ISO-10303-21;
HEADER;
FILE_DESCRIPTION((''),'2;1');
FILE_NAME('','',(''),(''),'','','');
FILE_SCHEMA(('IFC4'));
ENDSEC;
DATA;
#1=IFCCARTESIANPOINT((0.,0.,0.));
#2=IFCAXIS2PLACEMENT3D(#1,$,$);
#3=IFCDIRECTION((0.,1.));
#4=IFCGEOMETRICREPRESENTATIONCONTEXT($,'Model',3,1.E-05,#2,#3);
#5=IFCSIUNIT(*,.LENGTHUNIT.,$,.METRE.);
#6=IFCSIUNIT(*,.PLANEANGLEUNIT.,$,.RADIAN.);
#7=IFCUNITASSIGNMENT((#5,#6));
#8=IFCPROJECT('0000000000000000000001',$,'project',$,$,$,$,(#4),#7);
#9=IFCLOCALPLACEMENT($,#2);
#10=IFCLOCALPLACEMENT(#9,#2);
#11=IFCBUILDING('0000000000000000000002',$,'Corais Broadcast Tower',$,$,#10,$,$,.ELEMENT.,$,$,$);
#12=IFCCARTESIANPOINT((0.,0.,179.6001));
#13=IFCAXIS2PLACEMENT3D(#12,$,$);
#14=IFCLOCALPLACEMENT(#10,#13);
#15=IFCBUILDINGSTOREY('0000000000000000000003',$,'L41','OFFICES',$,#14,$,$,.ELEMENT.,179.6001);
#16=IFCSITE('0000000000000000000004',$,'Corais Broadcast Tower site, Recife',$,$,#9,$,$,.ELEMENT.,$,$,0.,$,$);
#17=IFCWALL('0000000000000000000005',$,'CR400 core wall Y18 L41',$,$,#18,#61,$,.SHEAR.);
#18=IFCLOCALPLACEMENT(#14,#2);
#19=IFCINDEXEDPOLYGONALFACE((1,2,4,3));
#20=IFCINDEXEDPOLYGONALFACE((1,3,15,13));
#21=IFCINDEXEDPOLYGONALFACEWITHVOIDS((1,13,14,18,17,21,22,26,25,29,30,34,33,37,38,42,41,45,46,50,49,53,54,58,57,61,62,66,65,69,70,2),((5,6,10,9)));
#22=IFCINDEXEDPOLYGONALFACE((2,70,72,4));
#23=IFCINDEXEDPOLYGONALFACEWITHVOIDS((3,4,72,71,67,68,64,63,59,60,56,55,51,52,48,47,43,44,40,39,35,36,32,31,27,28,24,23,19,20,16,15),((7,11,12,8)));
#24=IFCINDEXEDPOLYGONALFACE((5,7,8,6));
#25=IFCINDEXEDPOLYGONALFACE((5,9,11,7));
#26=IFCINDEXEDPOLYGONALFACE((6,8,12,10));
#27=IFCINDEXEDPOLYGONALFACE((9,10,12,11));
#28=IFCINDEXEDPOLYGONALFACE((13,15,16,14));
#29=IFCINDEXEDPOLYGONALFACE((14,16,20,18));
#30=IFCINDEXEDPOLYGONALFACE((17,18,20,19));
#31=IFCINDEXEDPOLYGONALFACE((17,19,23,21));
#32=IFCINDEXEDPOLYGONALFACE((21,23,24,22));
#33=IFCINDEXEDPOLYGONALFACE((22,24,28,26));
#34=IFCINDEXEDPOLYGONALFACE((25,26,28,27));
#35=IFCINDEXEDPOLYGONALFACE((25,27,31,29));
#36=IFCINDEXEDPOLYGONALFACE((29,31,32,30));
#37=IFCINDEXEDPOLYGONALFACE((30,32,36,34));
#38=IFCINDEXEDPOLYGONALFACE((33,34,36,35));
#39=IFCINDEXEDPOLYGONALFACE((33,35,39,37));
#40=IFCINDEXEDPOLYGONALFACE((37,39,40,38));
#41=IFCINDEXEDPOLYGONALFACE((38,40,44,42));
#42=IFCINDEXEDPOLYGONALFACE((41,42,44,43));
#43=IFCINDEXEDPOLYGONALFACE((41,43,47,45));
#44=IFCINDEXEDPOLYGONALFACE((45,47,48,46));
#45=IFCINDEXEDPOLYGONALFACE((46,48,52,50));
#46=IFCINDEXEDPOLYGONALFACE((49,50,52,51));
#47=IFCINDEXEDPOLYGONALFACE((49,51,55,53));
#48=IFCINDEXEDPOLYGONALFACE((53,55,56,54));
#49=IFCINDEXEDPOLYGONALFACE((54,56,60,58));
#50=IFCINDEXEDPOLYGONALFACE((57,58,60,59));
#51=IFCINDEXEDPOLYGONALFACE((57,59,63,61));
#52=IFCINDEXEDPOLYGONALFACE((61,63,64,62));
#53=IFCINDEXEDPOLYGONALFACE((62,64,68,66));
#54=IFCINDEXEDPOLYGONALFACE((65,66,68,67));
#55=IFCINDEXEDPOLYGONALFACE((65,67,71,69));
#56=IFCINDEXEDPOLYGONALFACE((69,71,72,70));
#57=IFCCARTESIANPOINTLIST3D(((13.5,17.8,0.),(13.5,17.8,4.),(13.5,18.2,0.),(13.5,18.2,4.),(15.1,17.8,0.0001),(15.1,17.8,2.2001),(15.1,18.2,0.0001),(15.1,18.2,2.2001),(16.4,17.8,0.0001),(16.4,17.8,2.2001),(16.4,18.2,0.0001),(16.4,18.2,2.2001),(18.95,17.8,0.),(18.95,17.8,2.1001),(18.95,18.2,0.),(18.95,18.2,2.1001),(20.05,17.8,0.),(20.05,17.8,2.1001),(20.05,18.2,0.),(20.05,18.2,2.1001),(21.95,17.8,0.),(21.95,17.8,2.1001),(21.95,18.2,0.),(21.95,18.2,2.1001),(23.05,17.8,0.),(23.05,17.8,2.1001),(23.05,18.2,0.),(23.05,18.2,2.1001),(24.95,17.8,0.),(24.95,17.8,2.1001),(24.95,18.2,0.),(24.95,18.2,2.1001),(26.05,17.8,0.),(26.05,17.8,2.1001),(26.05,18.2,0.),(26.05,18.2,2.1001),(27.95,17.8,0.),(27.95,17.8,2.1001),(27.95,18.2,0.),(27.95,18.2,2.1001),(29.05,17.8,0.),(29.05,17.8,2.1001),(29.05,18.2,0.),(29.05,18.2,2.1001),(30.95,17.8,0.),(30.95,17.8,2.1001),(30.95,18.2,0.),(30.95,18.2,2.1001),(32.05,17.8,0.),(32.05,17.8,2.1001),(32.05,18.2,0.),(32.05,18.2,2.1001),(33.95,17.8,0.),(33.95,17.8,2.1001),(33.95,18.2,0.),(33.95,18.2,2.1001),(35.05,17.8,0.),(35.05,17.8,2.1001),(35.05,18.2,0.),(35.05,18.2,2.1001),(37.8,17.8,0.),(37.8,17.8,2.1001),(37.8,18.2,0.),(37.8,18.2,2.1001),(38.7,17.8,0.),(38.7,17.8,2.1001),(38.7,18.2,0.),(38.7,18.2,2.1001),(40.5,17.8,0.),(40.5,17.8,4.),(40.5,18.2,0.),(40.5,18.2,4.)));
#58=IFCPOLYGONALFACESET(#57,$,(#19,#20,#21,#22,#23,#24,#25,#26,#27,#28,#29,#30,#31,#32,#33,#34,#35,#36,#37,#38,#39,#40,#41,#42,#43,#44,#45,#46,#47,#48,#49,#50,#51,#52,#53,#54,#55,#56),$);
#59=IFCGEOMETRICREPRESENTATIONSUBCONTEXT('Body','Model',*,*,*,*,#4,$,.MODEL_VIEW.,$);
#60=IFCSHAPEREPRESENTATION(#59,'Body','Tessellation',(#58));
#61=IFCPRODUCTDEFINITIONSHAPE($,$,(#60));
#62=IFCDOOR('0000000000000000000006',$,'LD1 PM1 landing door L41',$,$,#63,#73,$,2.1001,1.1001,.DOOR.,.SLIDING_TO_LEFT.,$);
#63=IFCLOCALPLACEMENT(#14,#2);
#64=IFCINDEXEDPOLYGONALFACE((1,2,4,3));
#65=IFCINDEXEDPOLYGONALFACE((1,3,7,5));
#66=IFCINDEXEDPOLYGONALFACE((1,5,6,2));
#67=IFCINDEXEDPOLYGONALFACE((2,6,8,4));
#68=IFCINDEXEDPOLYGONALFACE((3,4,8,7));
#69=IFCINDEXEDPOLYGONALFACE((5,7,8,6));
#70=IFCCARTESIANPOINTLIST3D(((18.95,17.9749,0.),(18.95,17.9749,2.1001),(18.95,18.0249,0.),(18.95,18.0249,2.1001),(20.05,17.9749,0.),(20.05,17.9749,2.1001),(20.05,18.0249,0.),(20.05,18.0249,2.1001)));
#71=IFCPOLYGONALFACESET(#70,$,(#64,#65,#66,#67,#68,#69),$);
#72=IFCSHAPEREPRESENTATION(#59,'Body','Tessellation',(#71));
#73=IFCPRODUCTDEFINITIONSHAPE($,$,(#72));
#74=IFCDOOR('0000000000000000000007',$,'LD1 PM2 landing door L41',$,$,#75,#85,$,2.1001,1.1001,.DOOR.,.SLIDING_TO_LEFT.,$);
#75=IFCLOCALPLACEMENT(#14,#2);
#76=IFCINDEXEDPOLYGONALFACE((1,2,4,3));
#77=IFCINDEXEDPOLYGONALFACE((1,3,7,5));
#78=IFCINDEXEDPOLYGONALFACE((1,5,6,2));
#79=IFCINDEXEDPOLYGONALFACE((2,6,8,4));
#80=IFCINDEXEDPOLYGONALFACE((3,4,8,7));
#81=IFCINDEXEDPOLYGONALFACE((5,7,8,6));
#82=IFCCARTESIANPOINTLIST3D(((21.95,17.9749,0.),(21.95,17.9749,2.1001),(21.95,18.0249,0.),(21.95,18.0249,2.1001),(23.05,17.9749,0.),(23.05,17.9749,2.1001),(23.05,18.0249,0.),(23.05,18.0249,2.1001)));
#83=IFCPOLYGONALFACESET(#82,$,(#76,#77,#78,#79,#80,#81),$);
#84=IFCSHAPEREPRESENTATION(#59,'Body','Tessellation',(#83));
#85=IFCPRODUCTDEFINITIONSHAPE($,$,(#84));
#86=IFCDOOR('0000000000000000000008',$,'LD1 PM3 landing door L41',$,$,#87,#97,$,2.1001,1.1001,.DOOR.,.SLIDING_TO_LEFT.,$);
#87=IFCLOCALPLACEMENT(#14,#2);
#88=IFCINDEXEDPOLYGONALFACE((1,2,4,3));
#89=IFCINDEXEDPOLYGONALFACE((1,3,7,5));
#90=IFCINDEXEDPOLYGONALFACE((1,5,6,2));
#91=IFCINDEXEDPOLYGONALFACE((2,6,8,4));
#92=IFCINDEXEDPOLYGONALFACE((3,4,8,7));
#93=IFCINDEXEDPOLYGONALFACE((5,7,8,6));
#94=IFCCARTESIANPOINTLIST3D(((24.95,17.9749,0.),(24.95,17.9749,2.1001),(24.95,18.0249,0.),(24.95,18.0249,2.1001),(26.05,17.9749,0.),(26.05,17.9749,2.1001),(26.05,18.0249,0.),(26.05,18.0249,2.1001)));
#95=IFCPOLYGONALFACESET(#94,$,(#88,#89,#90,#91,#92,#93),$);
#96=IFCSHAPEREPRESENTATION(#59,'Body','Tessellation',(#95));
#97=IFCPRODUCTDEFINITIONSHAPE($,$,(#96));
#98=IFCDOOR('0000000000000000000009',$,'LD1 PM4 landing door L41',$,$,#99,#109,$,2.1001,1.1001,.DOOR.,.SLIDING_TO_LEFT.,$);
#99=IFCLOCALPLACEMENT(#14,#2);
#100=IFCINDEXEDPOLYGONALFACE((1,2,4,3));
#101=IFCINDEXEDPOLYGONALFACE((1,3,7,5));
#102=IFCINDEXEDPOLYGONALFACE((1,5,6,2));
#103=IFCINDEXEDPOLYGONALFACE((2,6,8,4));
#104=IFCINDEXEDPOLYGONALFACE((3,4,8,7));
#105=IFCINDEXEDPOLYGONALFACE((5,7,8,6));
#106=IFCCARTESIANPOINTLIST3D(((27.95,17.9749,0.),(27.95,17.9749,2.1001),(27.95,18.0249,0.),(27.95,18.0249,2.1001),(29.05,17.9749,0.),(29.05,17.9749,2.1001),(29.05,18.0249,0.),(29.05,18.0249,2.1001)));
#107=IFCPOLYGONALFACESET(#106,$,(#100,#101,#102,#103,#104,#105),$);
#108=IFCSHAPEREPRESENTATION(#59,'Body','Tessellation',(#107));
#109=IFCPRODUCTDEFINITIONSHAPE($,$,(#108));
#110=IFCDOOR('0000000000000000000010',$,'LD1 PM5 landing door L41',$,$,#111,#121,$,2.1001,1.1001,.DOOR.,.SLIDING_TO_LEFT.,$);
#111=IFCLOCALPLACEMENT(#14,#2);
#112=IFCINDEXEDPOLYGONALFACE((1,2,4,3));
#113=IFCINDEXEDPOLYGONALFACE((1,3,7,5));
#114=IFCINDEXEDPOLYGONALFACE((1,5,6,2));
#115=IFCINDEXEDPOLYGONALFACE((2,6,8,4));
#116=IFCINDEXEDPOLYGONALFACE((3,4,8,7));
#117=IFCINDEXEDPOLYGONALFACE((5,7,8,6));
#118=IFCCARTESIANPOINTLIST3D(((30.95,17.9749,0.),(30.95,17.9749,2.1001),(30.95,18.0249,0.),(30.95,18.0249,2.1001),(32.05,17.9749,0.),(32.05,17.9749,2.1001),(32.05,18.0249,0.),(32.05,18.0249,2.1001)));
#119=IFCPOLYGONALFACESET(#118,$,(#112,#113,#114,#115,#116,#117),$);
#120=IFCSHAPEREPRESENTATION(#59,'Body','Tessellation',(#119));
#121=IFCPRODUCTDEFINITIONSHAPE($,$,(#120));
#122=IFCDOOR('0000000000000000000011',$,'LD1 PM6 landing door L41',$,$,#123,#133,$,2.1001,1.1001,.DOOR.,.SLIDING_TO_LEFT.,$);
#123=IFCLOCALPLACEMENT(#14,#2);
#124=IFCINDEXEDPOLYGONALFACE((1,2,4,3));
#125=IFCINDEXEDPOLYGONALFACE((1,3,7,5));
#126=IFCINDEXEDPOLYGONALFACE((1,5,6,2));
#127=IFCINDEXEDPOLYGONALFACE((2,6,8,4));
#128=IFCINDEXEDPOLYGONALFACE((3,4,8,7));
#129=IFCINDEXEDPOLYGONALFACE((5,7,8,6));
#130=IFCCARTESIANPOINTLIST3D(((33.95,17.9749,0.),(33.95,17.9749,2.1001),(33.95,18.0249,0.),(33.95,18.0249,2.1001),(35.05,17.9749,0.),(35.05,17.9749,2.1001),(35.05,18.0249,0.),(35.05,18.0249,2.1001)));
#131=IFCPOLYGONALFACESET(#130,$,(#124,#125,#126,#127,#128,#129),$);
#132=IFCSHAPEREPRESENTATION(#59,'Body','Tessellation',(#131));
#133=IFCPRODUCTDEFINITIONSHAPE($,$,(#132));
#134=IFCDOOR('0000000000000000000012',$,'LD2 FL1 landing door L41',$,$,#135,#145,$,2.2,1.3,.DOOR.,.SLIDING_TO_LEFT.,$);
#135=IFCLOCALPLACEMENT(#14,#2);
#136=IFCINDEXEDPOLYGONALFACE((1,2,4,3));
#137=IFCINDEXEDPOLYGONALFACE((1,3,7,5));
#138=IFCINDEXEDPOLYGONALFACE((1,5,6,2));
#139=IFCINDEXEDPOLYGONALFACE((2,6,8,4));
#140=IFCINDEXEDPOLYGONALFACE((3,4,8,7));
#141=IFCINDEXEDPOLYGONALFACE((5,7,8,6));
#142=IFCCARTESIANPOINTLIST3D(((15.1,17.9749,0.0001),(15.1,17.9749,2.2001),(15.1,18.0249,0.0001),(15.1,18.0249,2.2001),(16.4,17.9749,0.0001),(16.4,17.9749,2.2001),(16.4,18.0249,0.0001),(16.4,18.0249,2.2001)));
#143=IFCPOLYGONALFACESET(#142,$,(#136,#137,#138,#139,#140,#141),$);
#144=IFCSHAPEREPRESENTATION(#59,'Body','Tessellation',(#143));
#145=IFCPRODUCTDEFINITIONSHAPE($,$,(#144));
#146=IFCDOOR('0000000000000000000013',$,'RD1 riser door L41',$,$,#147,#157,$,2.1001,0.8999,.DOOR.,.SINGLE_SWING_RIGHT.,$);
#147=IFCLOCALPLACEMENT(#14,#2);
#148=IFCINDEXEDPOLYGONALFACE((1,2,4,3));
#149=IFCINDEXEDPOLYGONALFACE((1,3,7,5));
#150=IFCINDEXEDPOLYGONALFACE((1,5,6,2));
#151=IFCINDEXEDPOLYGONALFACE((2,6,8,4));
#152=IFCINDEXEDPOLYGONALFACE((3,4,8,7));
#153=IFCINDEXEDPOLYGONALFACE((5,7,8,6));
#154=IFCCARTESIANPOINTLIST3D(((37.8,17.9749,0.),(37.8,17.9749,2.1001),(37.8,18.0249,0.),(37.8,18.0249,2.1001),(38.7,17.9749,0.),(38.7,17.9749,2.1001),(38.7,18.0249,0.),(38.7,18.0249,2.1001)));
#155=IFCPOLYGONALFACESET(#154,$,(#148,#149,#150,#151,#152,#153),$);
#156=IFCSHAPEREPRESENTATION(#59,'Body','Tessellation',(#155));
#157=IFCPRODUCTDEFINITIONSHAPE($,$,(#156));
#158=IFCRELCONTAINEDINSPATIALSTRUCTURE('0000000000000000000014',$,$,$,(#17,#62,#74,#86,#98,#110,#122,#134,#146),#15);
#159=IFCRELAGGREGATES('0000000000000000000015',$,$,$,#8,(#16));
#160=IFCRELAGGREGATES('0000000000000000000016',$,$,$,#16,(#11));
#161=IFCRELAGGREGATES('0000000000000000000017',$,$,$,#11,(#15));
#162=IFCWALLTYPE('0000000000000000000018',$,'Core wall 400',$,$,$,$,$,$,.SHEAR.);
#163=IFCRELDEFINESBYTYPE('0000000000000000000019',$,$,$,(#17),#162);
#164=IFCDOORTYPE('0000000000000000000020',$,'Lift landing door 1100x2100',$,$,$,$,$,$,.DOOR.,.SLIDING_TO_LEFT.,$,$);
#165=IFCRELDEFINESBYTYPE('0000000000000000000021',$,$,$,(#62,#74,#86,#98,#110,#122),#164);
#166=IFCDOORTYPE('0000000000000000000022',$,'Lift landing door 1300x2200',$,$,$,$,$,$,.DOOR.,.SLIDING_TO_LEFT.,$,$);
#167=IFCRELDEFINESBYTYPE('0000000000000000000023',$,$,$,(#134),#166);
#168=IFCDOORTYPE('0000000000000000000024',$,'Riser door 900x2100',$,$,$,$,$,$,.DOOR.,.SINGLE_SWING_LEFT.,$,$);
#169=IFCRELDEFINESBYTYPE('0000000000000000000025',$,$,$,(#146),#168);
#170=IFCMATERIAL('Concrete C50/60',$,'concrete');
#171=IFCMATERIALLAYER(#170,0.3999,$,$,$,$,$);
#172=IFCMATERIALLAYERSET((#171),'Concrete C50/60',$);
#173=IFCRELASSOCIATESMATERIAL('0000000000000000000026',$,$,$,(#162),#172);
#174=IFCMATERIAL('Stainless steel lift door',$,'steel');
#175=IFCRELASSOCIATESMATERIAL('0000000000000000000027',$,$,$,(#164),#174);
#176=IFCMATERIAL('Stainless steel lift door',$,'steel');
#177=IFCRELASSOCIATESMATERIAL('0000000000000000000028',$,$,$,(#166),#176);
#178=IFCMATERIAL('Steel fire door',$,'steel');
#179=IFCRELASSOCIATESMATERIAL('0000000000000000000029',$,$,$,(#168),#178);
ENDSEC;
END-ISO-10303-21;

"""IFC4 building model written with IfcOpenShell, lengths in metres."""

from ifc_helpers import new_model, si_unit, direction, frame, frame_2d, origin, place, context, subcontext, project, spatial, rectangle, extrude, material, layer, layer_set, type_object, element, fill, save


model = new_model("IFC4")

# Units and contexts
model_context = context("Model", 3, precision=1e-05, world=origin(), true_north=direction((0.0, 1.0)))
body_context = subcontext(model_context, "Body", "Model", "MODEL_VIEW")
ifc_project = project(units=[si_unit("LENGTHUNIT", "METRE"), si_unit("PLANEANGLEUNIT", "RADIAN")], contexts=[model_context])

# Site, building, storey
site_placement = place(None, origin())
site = spatial("IfcSite", under=ifc_project, at=site_placement, Name="Corais Broadcast Tower site, Recife", CompositionType="ELEMENT", RefElevation=0.0)
building_placement = place(site_placement, origin())
building = spatial("IfcBuilding", under=site, at=building_placement, Name="Corais Broadcast Tower", CompositionType="ELEMENT")
storey_placement = place(building_placement, frame((0.0, 0.0, 179.6001)))
storey = spatial("IfcBuildingStorey", under=building, at=storey_placement, Name="L41", Description="OFFICES", CompositionType="ELEMENT", Elevation=179.6001)

# Wall, openings, doors
ifc_material_1 = material(Name="Concrete C50/60", Category="concrete")
ifc_layer_1 = layer(ifc_material_1, 0.3999)
ifc_layer_set_1 = layer_set([ifc_layer_1], Name="Concrete C50/60")
wall_type_1 = type_object("IfcWallType", Name="Core wall 400", PredefinedType="SHEAR", material=ifc_layer_set_1)
wall_1_placement = place(storey_placement, frame((13.5, 18.0, 0.0), z_axis=(0.0, 0.0, 1.0), x_axis=(1.0, 0.0, 0.0)))
wall_1 = element("IfcWall", 1, at=wall_1_placement, inside=storey, type_object=wall_type_1, Name="CR400 core wall Y18 L41", PredefinedType="SHEAR", context=body_context, shape_type="SweptSolid", body=[
    extrude(rectangle(XDim=27.0, YDim=0.3999, at=frame_2d((13.5, 0.0))), origin(), (0.0, 0.0, 1.0), 4.0),
])
opening_1_placement = place(wall_1_placement, frame((24.3, 0.0, 0.0)))
opening_1 = element("IfcOpeningElement", 2, at=opening_1_placement, cuts=wall_1, PredefinedType="OPENING", context=body_context, shape_type="SweptSolid", body=[
    extrude(rectangle(XDim=0.8999, YDim=2.1001, at=frame_2d((0.45, 1.05))), frame((0.0, 0.21, 0.0), z_axis=(0.0, -1.0, 0.0), x_axis=(1.0, 0.0, 0.0)), (0.0, 0.0, 1.0), 0.4199),
])
opening_2_placement = place(wall_1_placement, frame((5.45, 0.0, 0.0)))
opening_2 = element("IfcOpeningElement", 3, at=opening_2_placement, cuts=wall_1, PredefinedType="OPENING", context=body_context, shape_type="SweptSolid", body=[
    extrude(rectangle(XDim=1.1001, YDim=2.1001, at=frame_2d((0.55, 1.05))), frame((0.0, 0.21, 0.0), z_axis=(0.0, -1.0, 0.0), x_axis=(1.0, 0.0, 0.0)), (0.0, 0.0, 1.0), 0.4199),
])
opening_3_placement = place(wall_1_placement, frame((8.45, 0.0, 0.0)))
opening_3 = element("IfcOpeningElement", 4, at=opening_3_placement, cuts=wall_1, PredefinedType="OPENING", context=body_context, shape_type="SweptSolid", body=[
    extrude(rectangle(XDim=1.1001, YDim=2.1001, at=frame_2d((0.55, 1.05))), frame((0.0, 0.21, 0.0), z_axis=(0.0, -1.0, 0.0), x_axis=(1.0, 0.0, 0.0)), (0.0, 0.0, 1.0), 0.4199),
])
opening_4_placement = place(wall_1_placement, frame((11.45, 0.0, 0.0)))
opening_4 = element("IfcOpeningElement", 5, at=opening_4_placement, cuts=wall_1, PredefinedType="OPENING", context=body_context, shape_type="SweptSolid", body=[
    extrude(rectangle(XDim=1.1001, YDim=2.1001, at=frame_2d((0.55, 1.05))), frame((0.0, 0.21, 0.0), z_axis=(0.0, -1.0, 0.0), x_axis=(1.0, 0.0, 0.0)), (0.0, 0.0, 1.0), 0.4199),
])
opening_5_placement = place(wall_1_placement, frame((14.45, 0.0, 0.0)))
opening_5 = element("IfcOpeningElement", 6, at=opening_5_placement, cuts=wall_1, PredefinedType="OPENING", context=body_context, shape_type="SweptSolid", body=[
    extrude(rectangle(XDim=1.1001, YDim=2.1001, at=frame_2d((0.55, 1.05))), frame((0.0, 0.21, 0.0), z_axis=(0.0, -1.0, 0.0), x_axis=(1.0, 0.0, 0.0)), (0.0, 0.0, 1.0), 0.4199),
])
opening_6_placement = place(wall_1_placement, frame((17.45, 0.0, 0.0)))
opening_6 = element("IfcOpeningElement", 7, at=opening_6_placement, cuts=wall_1, PredefinedType="OPENING", context=body_context, shape_type="SweptSolid", body=[
    extrude(rectangle(XDim=1.1001, YDim=2.1001, at=frame_2d((0.55, 1.05))), frame((0.0, 0.21, 0.0), z_axis=(0.0, -1.0, 0.0), x_axis=(1.0, 0.0, 0.0)), (0.0, 0.0, 1.0), 0.4199),
])
opening_7_placement = place(wall_1_placement, frame((20.45, 0.0, 0.0)))
opening_7 = element("IfcOpeningElement", 8, at=opening_7_placement, cuts=wall_1, PredefinedType="OPENING", context=body_context, shape_type="SweptSolid", body=[
    extrude(rectangle(XDim=1.1001, YDim=2.1001, at=frame_2d((0.55, 1.05))), frame((0.0, 0.21, 0.0), z_axis=(0.0, -1.0, 0.0), x_axis=(1.0, 0.0, 0.0)), (0.0, 0.0, 1.0), 0.4199),
])
opening_8_placement = place(wall_1_placement, frame((1.6001, 0.0, 0.0)))
opening_8 = element("IfcOpeningElement", 9, at=opening_8_placement, cuts=wall_1, PredefinedType="OPENING", context=body_context, shape_type="SweptSolid", body=[
    extrude(rectangle(XDim=1.3, YDim=2.2, at=frame_2d((0.6499, 1.1001))), frame((0.0, 0.21, 0.0), z_axis=(0.0, -1.0, 0.0), x_axis=(1.0, 0.0, 0.0)), (0.0, 0.0, 1.0), 0.4199),
])
ifc_material_2 = material(Name="Stainless steel lift door", Category="steel")
door_type_1 = type_object("IfcDoorType", Name="Lift landing door 1100x2100", OperationType="SLIDING_TO_LEFT", PredefinedType="DOOR", material=ifc_material_2)
door_1_placement = place(opening_2_placement, origin())
door_1 = element("IfcDoor", 10, at=door_1_placement, inside=storey, type_object=door_type_1, Name="LD1 PM1 landing door L41", OperationType="SLIDING_TO_LEFT", OverallHeight=2.1001, OverallWidth=1.1001, PredefinedType="DOOR", context=body_context, shape_type="SweptSolid", body=[
    extrude(rectangle(XDim=1.1001, YDim=2.1001, at=frame_2d((0.55, 1.05))), frame((0.0, 0.0249, 0.0), z_axis=(0.0, -1.0, 0.0), x_axis=(1.0, 0.0, 0.0)), (0.0, 0.0, 1.0), 0.05),
])
fill(opening_2, door_1)
door_2_placement = place(opening_3_placement, origin())
door_2 = element("IfcDoor", 11, at=door_2_placement, inside=storey, type_object=door_type_1, Name="LD1 PM2 landing door L41", OperationType="SLIDING_TO_LEFT", OverallHeight=2.1001, OverallWidth=1.1001, PredefinedType="DOOR", context=body_context, shape_type="SweptSolid", body=[
    extrude(rectangle(XDim=1.1001, YDim=2.1001, at=frame_2d((0.55, 1.05))), frame((0.0, 0.0249, 0.0), z_axis=(0.0, -1.0, 0.0), x_axis=(1.0, 0.0, 0.0)), (0.0, 0.0, 1.0), 0.05),
])
fill(opening_3, door_2)
door_3_placement = place(opening_4_placement, origin())
door_3 = element("IfcDoor", 12, at=door_3_placement, inside=storey, type_object=door_type_1, Name="LD1 PM3 landing door L41", OperationType="SLIDING_TO_LEFT", OverallHeight=2.1001, OverallWidth=1.1001, PredefinedType="DOOR", context=body_context, shape_type="SweptSolid", body=[
    extrude(rectangle(XDim=1.1001, YDim=2.1001, at=frame_2d((0.55, 1.05))), frame((0.0, 0.0249, 0.0), z_axis=(0.0, -1.0, 0.0), x_axis=(1.0, 0.0, 0.0)), (0.0, 0.0, 1.0), 0.05),
])
fill(opening_4, door_3)
door_4_placement = place(opening_5_placement, origin())
door_4 = element("IfcDoor", 13, at=door_4_placement, inside=storey, type_object=door_type_1, Name="LD1 PM4 landing door L41", OperationType="SLIDING_TO_LEFT", OverallHeight=2.1001, OverallWidth=1.1001, PredefinedType="DOOR", context=body_context, shape_type="SweptSolid", body=[
    extrude(rectangle(XDim=1.1001, YDim=2.1001, at=frame_2d((0.55, 1.05))), frame((0.0, 0.0249, 0.0), z_axis=(0.0, -1.0, 0.0), x_axis=(1.0, 0.0, 0.0)), (0.0, 0.0, 1.0), 0.05),
])
fill(opening_5, door_4)
door_5_placement = place(opening_6_placement, origin())
door_5 = element("IfcDoor", 14, at=door_5_placement, inside=storey, type_object=door_type_1, Name="LD1 PM5 landing door L41", OperationType="SLIDING_TO_LEFT", OverallHeight=2.1001, OverallWidth=1.1001, PredefinedType="DOOR", context=body_context, shape_type="SweptSolid", body=[
    extrude(rectangle(XDim=1.1001, YDim=2.1001, at=frame_2d((0.55, 1.05))), frame((0.0, 0.0249, 0.0), z_axis=(0.0, -1.0, 0.0), x_axis=(1.0, 0.0, 0.0)), (0.0, 0.0, 1.0), 0.05),
])
fill(opening_6, door_5)
door_6_placement = place(opening_7_placement, origin())
door_6 = element("IfcDoor", 15, at=door_6_placement, inside=storey, type_object=door_type_1, Name="LD1 PM6 landing door L41", OperationType="SLIDING_TO_LEFT", OverallHeight=2.1001, OverallWidth=1.1001, PredefinedType="DOOR", context=body_context, shape_type="SweptSolid", body=[
    extrude(rectangle(XDim=1.1001, YDim=2.1001, at=frame_2d((0.55, 1.05))), frame((0.0, 0.0249, 0.0), z_axis=(0.0, -1.0, 0.0), x_axis=(1.0, 0.0, 0.0)), (0.0, 0.0, 1.0), 0.05),
])
fill(opening_7, door_6)
ifc_material_3 = material(Name="Stainless steel lift door", Category="steel")
door_type_2 = type_object("IfcDoorType", Name="Lift landing door 1300x2200", OperationType="SLIDING_TO_LEFT", PredefinedType="DOOR", material=ifc_material_3)
door_7_placement = place(opening_8_placement, origin())
door_7 = element("IfcDoor", 16, at=door_7_placement, inside=storey, type_object=door_type_2, Name="LD2 FL1 landing door L41", OperationType="SLIDING_TO_LEFT", OverallHeight=2.2, OverallWidth=1.3, PredefinedType="DOOR", context=body_context, shape_type="SweptSolid", body=[
    extrude(rectangle(XDim=1.3, YDim=2.2, at=frame_2d((0.6499, 1.1001))), frame((0.0, 0.0249, 0.0), z_axis=(0.0, -1.0, 0.0), x_axis=(1.0, 0.0, 0.0)), (0.0, 0.0, 1.0), 0.05),
])
fill(opening_8, door_7)
ifc_material_4 = material(Name="Steel fire door", Category="steel")
door_type_3 = type_object("IfcDoorType", Name="Riser door 900x2100", OperationType="SINGLE_SWING_LEFT", PredefinedType="DOOR", material=ifc_material_4)
door_8_placement = place(opening_1_placement, origin())
door_8 = element("IfcDoor", 17, at=door_8_placement, inside=storey, type_object=door_type_3, Name="RD1 riser door L41", OperationType="SINGLE_SWING_RIGHT", OverallHeight=2.1001, OverallWidth=0.8999, PredefinedType="DOOR", context=body_context, shape_type="SweptSolid", body=[
    extrude(rectangle(XDim=0.8999, YDim=2.1001, at=frame_2d((0.45, 1.05))), frame((0.0, 0.0249, 0.0), z_axis=(0.0, -1.0, 0.0), x_axis=(1.0, 0.0, 0.0)), (0.0, 0.0, 1.0), 0.05),
])
fill(opening_1, door_8)

save(model, "model.ifc")
